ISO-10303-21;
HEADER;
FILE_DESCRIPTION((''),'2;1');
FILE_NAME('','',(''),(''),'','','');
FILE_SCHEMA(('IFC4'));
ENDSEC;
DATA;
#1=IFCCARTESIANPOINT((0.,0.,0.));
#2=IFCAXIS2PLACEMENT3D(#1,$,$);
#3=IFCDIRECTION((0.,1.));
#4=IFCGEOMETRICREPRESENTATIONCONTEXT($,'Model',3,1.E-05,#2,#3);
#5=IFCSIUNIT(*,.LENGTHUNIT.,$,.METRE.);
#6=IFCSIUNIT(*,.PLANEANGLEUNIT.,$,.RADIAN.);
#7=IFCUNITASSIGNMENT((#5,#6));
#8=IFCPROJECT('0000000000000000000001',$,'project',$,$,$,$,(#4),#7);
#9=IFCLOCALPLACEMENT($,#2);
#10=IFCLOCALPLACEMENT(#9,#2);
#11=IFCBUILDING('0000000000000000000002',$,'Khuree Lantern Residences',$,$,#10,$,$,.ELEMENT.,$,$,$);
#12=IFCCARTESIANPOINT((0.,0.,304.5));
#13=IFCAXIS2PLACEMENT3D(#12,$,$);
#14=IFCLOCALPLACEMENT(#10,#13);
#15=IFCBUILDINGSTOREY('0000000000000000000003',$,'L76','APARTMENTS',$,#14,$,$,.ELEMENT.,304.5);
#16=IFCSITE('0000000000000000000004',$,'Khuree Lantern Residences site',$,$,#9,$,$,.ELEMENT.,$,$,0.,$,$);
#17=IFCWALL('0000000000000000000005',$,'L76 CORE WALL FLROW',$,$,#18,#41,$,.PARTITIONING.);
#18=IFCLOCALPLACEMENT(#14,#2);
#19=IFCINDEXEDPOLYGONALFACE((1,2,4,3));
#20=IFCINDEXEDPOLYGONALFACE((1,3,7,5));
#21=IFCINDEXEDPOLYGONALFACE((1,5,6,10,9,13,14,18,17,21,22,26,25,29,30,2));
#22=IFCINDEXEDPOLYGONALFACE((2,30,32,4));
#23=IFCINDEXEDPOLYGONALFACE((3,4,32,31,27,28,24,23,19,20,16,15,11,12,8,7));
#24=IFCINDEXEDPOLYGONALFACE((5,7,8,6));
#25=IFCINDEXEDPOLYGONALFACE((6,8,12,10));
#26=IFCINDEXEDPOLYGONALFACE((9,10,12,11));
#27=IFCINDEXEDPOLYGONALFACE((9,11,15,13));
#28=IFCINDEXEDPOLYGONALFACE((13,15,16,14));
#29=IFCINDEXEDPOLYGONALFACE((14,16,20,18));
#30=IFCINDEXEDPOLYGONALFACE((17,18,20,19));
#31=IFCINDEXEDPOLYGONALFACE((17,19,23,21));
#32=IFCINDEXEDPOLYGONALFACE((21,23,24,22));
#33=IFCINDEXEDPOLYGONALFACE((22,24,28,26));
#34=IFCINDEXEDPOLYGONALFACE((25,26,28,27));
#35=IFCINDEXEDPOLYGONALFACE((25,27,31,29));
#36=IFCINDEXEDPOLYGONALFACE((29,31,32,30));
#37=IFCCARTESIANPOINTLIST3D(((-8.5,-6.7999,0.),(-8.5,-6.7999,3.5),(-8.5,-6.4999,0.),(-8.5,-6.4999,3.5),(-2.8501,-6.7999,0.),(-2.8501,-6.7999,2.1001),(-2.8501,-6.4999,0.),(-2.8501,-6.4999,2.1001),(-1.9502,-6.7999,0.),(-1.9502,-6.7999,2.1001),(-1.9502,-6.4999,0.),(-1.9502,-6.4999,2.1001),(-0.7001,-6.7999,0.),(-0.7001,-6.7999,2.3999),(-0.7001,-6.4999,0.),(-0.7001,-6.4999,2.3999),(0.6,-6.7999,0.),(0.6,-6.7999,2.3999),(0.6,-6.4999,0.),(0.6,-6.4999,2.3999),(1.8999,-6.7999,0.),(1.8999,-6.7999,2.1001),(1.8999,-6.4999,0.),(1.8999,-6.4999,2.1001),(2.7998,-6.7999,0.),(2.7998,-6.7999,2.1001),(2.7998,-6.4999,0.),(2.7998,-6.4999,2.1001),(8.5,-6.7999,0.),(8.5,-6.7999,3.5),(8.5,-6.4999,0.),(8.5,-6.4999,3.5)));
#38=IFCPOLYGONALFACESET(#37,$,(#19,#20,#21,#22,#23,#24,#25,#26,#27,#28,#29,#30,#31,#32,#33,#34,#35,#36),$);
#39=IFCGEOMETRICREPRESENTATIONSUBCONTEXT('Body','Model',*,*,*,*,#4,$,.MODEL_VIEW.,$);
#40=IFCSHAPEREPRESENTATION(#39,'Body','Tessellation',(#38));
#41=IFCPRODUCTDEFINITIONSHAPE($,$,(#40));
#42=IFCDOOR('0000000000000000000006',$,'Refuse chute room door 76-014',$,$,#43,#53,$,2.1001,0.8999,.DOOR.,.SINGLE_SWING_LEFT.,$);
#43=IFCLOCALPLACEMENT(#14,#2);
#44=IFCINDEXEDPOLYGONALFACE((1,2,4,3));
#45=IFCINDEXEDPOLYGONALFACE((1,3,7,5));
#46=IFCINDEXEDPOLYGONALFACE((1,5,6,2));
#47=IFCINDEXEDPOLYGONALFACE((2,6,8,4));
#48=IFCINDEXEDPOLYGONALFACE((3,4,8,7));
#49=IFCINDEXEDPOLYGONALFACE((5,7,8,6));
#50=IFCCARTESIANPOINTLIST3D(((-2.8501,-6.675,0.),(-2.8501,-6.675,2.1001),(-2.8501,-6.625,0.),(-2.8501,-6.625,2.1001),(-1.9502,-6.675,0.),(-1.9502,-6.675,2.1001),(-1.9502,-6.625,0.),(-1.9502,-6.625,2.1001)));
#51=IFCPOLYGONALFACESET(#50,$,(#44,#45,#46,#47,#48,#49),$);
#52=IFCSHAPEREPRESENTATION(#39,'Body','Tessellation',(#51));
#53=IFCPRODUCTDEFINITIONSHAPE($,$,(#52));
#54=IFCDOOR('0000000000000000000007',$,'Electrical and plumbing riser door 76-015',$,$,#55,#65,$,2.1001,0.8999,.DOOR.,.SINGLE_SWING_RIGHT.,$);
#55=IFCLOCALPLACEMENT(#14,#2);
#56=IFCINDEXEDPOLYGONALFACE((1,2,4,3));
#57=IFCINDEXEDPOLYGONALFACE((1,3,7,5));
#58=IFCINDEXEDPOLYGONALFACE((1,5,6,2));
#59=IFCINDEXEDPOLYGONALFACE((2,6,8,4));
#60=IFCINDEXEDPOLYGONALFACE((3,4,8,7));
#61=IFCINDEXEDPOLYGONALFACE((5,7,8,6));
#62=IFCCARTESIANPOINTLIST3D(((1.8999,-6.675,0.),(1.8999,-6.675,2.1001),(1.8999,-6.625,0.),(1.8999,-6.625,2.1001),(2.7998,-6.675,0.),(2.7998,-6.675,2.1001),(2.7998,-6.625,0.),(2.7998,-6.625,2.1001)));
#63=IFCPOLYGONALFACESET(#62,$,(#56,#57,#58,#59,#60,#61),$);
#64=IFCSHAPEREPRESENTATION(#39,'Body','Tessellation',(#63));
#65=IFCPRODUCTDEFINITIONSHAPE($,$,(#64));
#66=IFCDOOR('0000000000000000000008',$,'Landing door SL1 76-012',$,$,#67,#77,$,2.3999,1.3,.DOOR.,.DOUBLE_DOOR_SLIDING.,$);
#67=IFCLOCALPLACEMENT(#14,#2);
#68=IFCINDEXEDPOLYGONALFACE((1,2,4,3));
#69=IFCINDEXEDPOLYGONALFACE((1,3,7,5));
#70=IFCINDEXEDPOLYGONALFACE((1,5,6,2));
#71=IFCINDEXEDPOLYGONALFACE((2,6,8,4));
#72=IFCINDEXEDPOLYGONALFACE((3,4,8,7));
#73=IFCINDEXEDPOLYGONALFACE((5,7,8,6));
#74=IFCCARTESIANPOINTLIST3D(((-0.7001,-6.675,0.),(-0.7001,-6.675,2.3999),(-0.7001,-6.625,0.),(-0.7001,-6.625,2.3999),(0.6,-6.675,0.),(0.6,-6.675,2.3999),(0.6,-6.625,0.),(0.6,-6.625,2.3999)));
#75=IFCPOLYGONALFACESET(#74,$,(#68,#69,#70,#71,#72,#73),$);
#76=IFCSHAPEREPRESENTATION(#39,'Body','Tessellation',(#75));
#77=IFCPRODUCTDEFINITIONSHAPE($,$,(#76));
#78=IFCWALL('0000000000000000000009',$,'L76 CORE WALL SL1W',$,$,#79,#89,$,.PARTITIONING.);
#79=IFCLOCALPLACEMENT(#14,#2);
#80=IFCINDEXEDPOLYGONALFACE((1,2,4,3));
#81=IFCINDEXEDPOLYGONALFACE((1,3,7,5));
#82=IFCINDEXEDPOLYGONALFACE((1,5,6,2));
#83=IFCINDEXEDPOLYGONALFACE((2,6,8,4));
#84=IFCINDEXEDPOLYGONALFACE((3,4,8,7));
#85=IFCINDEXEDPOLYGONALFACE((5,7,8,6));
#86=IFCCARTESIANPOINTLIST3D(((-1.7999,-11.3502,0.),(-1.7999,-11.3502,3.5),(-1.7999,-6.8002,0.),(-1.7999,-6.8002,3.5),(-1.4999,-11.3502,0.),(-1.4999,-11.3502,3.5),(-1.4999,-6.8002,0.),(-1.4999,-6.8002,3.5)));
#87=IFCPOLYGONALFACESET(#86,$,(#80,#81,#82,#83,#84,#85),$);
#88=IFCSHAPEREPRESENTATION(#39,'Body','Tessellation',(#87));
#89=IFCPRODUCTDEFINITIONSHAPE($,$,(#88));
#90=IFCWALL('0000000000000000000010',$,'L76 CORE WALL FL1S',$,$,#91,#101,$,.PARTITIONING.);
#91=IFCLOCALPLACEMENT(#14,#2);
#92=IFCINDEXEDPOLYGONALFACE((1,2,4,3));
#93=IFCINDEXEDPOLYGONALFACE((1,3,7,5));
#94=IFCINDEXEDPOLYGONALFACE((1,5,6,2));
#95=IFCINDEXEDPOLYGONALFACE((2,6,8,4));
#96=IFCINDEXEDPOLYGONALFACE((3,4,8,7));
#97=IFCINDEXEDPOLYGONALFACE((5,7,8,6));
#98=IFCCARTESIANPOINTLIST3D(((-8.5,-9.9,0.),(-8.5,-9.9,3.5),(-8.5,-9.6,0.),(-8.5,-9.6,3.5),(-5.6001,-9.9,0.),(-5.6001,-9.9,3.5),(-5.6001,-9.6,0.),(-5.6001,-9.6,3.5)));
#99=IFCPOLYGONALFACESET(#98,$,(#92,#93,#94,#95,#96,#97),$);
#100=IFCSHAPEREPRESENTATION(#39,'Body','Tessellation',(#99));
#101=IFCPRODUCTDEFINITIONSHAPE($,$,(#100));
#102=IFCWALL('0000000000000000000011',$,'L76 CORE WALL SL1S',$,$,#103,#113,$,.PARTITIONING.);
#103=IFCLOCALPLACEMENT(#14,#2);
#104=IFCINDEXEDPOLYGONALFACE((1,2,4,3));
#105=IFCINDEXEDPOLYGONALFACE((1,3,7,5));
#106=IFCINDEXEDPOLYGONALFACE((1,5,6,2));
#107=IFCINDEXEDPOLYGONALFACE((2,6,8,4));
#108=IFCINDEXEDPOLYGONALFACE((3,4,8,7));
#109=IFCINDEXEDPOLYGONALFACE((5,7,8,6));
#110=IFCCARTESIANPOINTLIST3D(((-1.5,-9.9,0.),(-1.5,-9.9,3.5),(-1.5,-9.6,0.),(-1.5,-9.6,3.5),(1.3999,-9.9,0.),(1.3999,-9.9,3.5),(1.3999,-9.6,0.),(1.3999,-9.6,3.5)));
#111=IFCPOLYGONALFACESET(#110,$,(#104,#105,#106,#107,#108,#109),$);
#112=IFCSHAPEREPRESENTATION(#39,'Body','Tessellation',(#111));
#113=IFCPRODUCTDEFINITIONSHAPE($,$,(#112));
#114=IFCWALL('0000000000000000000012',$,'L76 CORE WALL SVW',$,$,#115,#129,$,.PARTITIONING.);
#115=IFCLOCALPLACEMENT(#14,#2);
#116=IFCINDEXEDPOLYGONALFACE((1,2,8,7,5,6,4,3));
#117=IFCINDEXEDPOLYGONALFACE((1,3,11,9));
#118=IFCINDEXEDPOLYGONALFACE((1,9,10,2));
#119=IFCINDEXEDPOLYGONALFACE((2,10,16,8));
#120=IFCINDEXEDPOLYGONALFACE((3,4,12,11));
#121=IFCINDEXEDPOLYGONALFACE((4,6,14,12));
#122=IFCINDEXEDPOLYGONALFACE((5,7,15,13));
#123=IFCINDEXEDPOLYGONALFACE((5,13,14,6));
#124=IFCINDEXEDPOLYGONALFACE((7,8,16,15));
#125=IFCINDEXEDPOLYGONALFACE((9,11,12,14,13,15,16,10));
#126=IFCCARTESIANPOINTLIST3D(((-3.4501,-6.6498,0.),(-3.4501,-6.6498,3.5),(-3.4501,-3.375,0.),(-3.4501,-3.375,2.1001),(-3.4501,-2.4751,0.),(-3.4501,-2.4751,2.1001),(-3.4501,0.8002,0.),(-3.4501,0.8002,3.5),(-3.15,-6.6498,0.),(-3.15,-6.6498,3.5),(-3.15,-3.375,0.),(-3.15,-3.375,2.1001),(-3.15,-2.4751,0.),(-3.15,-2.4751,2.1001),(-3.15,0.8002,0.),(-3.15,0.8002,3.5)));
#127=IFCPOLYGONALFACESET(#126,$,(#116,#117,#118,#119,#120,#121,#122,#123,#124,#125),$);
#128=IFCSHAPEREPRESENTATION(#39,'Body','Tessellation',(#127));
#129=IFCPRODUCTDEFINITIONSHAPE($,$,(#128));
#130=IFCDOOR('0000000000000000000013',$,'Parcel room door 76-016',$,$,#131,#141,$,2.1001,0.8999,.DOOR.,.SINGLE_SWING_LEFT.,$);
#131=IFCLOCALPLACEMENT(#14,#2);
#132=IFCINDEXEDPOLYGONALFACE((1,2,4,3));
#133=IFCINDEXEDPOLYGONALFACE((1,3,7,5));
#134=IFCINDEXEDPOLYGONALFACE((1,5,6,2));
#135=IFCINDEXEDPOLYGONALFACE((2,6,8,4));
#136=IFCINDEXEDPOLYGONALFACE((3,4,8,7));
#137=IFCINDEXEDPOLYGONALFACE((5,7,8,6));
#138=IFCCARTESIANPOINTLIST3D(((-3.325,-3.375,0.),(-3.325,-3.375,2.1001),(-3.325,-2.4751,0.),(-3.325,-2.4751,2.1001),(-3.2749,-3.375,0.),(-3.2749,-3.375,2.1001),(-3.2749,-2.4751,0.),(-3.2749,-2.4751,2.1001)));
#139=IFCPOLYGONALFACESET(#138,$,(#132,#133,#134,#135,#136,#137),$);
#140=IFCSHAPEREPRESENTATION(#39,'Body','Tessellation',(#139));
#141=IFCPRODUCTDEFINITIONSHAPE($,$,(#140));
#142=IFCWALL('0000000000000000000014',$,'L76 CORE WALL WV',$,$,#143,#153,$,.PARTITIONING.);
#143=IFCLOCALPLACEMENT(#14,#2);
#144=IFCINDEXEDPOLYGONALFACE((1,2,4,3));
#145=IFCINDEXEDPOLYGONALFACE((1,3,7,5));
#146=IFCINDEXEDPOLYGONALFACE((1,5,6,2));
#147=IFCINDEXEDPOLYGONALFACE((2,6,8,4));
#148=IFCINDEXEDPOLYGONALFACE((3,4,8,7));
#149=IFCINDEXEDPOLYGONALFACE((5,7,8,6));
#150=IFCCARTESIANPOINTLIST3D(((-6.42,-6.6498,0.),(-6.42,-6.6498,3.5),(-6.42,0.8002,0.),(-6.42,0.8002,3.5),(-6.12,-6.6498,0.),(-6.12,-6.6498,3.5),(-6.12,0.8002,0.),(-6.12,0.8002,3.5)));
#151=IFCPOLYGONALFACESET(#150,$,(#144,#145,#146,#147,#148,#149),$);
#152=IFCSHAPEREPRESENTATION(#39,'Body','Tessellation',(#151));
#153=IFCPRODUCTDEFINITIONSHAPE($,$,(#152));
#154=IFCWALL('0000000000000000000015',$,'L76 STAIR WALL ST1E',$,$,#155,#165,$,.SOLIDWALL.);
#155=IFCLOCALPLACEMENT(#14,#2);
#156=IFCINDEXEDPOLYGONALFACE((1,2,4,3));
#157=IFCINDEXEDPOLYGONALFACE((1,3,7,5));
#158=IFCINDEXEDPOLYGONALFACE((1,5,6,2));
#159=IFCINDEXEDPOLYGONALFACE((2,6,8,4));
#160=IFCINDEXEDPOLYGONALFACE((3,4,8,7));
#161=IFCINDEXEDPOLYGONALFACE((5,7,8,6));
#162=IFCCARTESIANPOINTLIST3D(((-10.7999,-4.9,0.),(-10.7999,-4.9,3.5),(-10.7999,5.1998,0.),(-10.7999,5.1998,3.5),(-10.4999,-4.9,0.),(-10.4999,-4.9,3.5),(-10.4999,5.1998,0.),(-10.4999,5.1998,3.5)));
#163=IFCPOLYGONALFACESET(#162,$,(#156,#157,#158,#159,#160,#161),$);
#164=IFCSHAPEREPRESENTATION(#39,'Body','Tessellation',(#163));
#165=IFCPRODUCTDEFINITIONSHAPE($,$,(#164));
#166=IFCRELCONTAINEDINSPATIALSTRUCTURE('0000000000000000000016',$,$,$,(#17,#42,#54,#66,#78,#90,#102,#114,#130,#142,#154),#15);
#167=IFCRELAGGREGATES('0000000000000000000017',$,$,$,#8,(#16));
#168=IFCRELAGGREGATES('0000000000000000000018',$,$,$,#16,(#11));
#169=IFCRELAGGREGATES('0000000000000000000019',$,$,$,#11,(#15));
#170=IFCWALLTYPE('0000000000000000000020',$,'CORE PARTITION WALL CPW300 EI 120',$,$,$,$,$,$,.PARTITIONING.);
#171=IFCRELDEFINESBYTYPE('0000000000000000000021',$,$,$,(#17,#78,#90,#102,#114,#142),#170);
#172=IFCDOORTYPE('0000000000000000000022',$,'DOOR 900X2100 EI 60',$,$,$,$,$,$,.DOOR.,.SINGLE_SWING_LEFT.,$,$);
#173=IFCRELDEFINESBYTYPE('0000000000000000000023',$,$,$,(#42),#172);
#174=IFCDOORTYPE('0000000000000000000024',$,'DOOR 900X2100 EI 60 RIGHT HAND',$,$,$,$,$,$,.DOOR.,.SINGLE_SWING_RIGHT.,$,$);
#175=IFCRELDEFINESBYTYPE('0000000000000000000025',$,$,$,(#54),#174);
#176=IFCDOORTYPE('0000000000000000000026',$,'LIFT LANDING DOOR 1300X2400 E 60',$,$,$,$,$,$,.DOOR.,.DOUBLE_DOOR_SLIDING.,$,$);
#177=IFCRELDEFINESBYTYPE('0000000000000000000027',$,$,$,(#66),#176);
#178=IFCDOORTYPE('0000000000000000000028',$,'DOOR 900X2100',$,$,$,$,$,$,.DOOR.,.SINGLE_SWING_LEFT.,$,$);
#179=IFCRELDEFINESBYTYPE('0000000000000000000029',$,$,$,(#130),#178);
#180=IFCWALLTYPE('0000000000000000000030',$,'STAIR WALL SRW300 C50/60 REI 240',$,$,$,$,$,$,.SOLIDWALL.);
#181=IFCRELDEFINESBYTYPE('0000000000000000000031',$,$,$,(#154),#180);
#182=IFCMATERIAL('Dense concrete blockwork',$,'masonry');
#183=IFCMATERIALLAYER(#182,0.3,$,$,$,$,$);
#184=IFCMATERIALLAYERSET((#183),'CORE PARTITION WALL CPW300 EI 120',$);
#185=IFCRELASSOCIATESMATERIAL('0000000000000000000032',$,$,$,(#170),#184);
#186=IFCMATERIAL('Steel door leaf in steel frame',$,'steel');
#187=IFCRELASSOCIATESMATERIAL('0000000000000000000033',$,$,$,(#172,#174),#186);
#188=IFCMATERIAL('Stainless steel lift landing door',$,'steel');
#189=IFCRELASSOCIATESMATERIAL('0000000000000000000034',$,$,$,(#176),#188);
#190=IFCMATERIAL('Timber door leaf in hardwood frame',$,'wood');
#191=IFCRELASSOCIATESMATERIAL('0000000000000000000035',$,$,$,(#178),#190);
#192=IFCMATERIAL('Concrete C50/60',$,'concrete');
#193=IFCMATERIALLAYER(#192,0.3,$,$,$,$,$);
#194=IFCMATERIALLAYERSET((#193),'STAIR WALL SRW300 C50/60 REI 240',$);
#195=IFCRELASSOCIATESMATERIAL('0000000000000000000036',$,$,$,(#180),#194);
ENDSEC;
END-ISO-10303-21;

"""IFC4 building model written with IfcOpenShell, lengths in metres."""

from ifc_helpers import new_model, si_unit, direction, frame, frame_2d, origin, place, context, subcontext, project, spatial, rectangle, extrude, material, layer, layer_set, type_object, element, fill, save


model = new_model("IFC4")

# Units and contexts
model_context = context("Model", 3, precision=1e-05, world=origin(), true_north=direction((0.0, 1.0)))
body_context = subcontext(model_context, "Body", "Model", "MODEL_VIEW")
ifc_project = project(units=[si_unit("LENGTHUNIT", "METRE"), si_unit("PLANEANGLEUNIT", "RADIAN")], contexts=[model_context])

# Site, building, storey
site_placement = place(None, origin())
site = spatial("IfcSite", under=ifc_project, at=site_placement, Name="Khuree Lantern Residences site", CompositionType="ELEMENT", RefElevation=0.0)
building_placement = place(site_placement, origin())
building = spatial("IfcBuilding", under=site, at=building_placement, Name="Khuree Lantern Residences", CompositionType="ELEMENT")
storey_placement = place(building_placement, frame((0.0, 0.0, 304.5)))
storey = spatial("IfcBuildingStorey", under=building, at=storey_placement, Name="L76", Description="APARTMENTS", CompositionType="ELEMENT", Elevation=304.5)

# Wall, openings, doors
ifc_material_1 = material(Name="Dense concrete blockwork", Category="masonry")
ifc_layer_1 = layer(ifc_material_1, 0.3)
ifc_layer_set_1 = layer_set([ifc_layer_1], Name="CORE PARTITION WALL CPW300 EI 120")
wall_type_1 = type_object("IfcWallType", Name="CORE PARTITION WALL CPW300 EI 120", PredefinedType="PARTITIONING", material=ifc_layer_set_1)
wall_1_placement = place(storey_placement, frame((-8.5, -6.6499, 0.0), z_axis=(0.0, 0.0, 1.0), x_axis=(1.0, 0.0, 0.0)))
wall_1 = element("IfcWall", 1, at=wall_1_placement, inside=storey, type_object=wall_type_1, Name="L76 CORE WALL FLROW", PredefinedType="PARTITIONING", context=body_context, shape_type="SweptSolid", body=[
    extrude(rectangle(XDim=17.0, YDim=0.3, at=frame_2d((8.5, 0.0))), origin(), (0.0, 0.0, 1.0), 3.5),
])
opening_1_placement = place(wall_1_placement, frame((7.8, 0.0, 0.0)))
opening_1 = element("IfcOpeningElement", 2, at=opening_1_placement, cuts=wall_1, PredefinedType="OPENING", context=body_context, shape_type="SweptSolid", body=[
    extrude(rectangle(XDim=1.3, YDim=2.3999, at=frame_2d((0.6499, 1.2))), frame((0.0, 0.1602, 0.0), z_axis=(0.0, -1.0, 0.0), x_axis=(1.0, 0.0, 0.0)), (0.0, 0.0, 1.0), 0.3201),
])
opening_2_placement = place(wall_1_placement, frame((5.6499, 0.0, 0.0)))
opening_2 = element("IfcOpeningElement", 3, at=opening_2_placement, cuts=wall_1, PredefinedType="OPENING", context=body_context, shape_type="SweptSolid", body=[
    extrude(rectangle(XDim=0.8999, YDim=2.1001, at=frame_2d((0.45, 1.05))), frame((0.0, 0.1602, 0.0), z_axis=(0.0, -1.0, 0.0), x_axis=(1.0, 0.0, 0.0)), (0.0, 0.0, 1.0), 0.3201),
])
opening_3_placement = place(wall_1_placement, frame((10.3999, 0.0, 0.0)))
opening_3 = element("IfcOpeningElement", 4, at=opening_3_placement, cuts=wall_1, PredefinedType="OPENING", context=body_context, shape_type="SweptSolid", body=[
    extrude(rectangle(XDim=0.8999, YDim=2.1001, at=frame_2d((0.45, 1.05))), frame((0.0, 0.1602, 0.0), z_axis=(0.0, -1.0, 0.0), x_axis=(1.0, 0.0, 0.0)), (0.0, 0.0, 1.0), 0.3201),
])
ifc_material_2 = material(Name="Steel door leaf in steel frame", Category="steel")
door_type_1 = type_object("IfcDoorType", Name="DOOR 900X2100 EI 60", OperationType="SINGLE_SWING_LEFT", PredefinedType="DOOR", material=ifc_material_2)
door_1_placement = place(opening_2_placement, origin())
door_1 = element("IfcDoor", 5, at=door_1_placement, inside=storey, type_object=door_type_1, Name="Refuse chute room door 76-014", OperationType="SINGLE_SWING_LEFT", OverallHeight=2.1001, OverallWidth=0.8999, PredefinedType="DOOR", context=body_context, shape_type="SweptSolid", body=[
    extrude(rectangle(XDim=0.8999, YDim=2.1001, at=frame_2d((0.45, 1.05))), frame((0.0, 0.0249, 0.0), z_axis=(0.0, -1.0, 0.0), x_axis=(1.0, 0.0, 0.0)), (0.0, 0.0, 1.0), 0.05),
])
fill(opening_2, door_1)
door_type_2 = type_object("IfcDoorType", Name="DOOR 900X2100 EI 60 RIGHT HAND", OperationType="SINGLE_SWING_RIGHT", PredefinedType="DOOR", material=ifc_material_2)
door_2_placement = place(opening_3_placement, origin())
door_2 = element("IfcDoor", 6, at=door_2_placement, inside=storey, type_object=door_type_2, Name="Electrical and plumbing riser door 76-015", OperationType="SINGLE_SWING_RIGHT", OverallHeight=2.1001, OverallWidth=0.8999, PredefinedType="DOOR", context=body_context, shape_type="SweptSolid", body=[
    extrude(rectangle(XDim=0.8999, YDim=2.1001, at=frame_2d((0.45, 1.05))), frame((0.0, 0.0249, 0.0), z_axis=(0.0, -1.0, 0.0), x_axis=(1.0, 0.0, 0.0)), (0.0, 0.0, 1.0), 0.05),
])
fill(opening_3, door_2)
ifc_material_3 = material(Name="Stainless steel lift landing door", Category="steel")
door_type_3 = type_object("IfcDoorType", Name="LIFT LANDING DOOR 1300X2400 E 60", OperationType="DOUBLE_DOOR_SLIDING", PredefinedType="DOOR", material=ifc_material_3)
door_3_placement = place(opening_1_placement, origin())
door_3 = element("IfcDoor", 7, at=door_3_placement, inside=storey, type_object=door_type_3, Name="Landing door SL1 76-012", OperationType="DOUBLE_DOOR_SLIDING", OverallHeight=2.3999, OverallWidth=1.3, PredefinedType="DOOR", context=body_context, shape_type="SweptSolid", body=[
    extrude(rectangle(XDim=1.3, YDim=2.3999, at=frame_2d((0.6499, 1.2))), frame((0.0, 0.0249, 0.0), z_axis=(0.0, -1.0, 0.0), x_axis=(1.0, 0.0, 0.0)), (0.0, 0.0, 1.0), 0.05),
])
fill(opening_1, door_3)

# Walls
wall_2_placement = place(storey_placement, frame((-1.6499, -11.3501, 0.0), z_axis=(0.0, 0.0, 1.0), x_axis=(0.0, 1.0, 0.0)))
element("IfcWall", 8, at=wall_2_placement, inside=storey, type_object=wall_type_1, Name="L76 CORE WALL SL1W", PredefinedType="PARTITIONING", context=body_context, shape_type="SweptSolid", body=[
    extrude(rectangle(XDim=4.55, YDim=0.3, at=frame_2d((2.2749, 0.0))), origin(), (0.0, 0.0, 1.0), 3.5),
])
for number, where, z_axis, x_axis, name in (
    (9, (-8.5, -9.75, 0.0), (0.0, 0.0, 1.0), (1.0, 0.0, 0.0), "L76 CORE WALL FL1S"),
    (10, (-1.5, -9.75, 0.0), (0.0, 0.0, 1.0), (1.0, 0.0, 0.0), "L76 CORE WALL SL1S"),
):
    element("IfcWall", number, at=place(storey_placement, frame(where, z_axis=z_axis, x_axis=x_axis)), inside=storey, type_object=wall_type_1, Name=name, PredefinedType="PARTITIONING", context=body_context, shape_type="SweptSolid", body=[
        extrude(rectangle(XDim=2.8999, YDim=0.3, at=frame_2d((1.45, 0.0))), origin(), (0.0, 0.0, 1.0), 3.5),
    ])

# Wall, opening, door
wall_3_placement = place(storey_placement, frame((-3.3, -6.6499, 0.0), z_axis=(0.0, 0.0, 1.0), x_axis=(0.0, 1.0, 0.0)))
wall_3 = element("IfcWall", 11, at=wall_3_placement, inside=storey, type_object=wall_type_1, Name="L76 CORE WALL SVW", PredefinedType="PARTITIONING", context=body_context, shape_type="SweptSolid", body=[
    extrude(rectangle(XDim=7.45, YDim=0.3, at=frame_2d((3.7251, 0.0))), origin(), (0.0, 0.0, 1.0), 3.5),
])
opening_4_placement = place(wall_3_placement, frame((3.2749, 0.0, 0.0)))
opening_4 = element("IfcOpeningElement", 12, at=opening_4_placement, cuts=wall_3, PredefinedType="OPENING", context=body_context, shape_type="SweptSolid", body=[
    extrude(rectangle(XDim=0.8999, YDim=2.1001, at=frame_2d((0.45, 1.05))), frame((0.0, 0.1602, 0.0), z_axis=(0.0, -1.0, 0.0), x_axis=(1.0, 0.0, 0.0)), (0.0, 0.0, 1.0), 0.3201),
])
ifc_material_4 = material(Name="Timber door leaf in hardwood frame", Category="wood")
door_type_4 = type_object("IfcDoorType", Name="DOOR 900X2100", OperationType="SINGLE_SWING_LEFT", PredefinedType="DOOR", material=ifc_material_4)
door_4_placement = place(opening_4_placement, origin())
door_4 = element("IfcDoor", 13, at=door_4_placement, inside=storey, type_object=door_type_4, Name="Parcel room door 76-016", OperationType="SINGLE_SWING_LEFT", OverallHeight=2.1001, OverallWidth=0.8999, PredefinedType="DOOR", context=body_context, shape_type="SweptSolid", body=[
    extrude(rectangle(XDim=0.8999, YDim=2.1001, at=frame_2d((0.45, 1.05))), frame((0.0, 0.0249, 0.0), z_axis=(0.0, -1.0, 0.0), x_axis=(1.0, 0.0, 0.0)), (0.0, 0.0, 1.0), 0.05),
])
fill(opening_4, door_4)

# Walls
wall_4_placement = place(storey_placement, frame((-6.27, -6.6499, 0.0), z_axis=(0.0, 0.0, 1.0), x_axis=(0.0, 1.0, 0.0)))
element("IfcWall", 14, at=wall_4_placement, inside=storey, type_object=wall_type_1, Name="L76 CORE WALL WV", PredefinedType="PARTITIONING", context=body_context, shape_type="SweptSolid", body=[
    extrude(rectangle(XDim=7.45, YDim=0.3, at=frame_2d((3.7251, 0.0))), origin(), (0.0, 0.0, 1.0), 3.5),
])
ifc_material_5 = material(Name="Concrete C50/60", Category="concrete")
ifc_layer_2 = layer(ifc_material_5, 0.3)
ifc_layer_set_2 = layer_set([ifc_layer_2], Name="STAIR WALL SRW300 C50/60 REI 240")
wall_type_2 = type_object("IfcWallType", Name="STAIR WALL SRW300 C50/60 REI 240", PredefinedType="SOLIDWALL", material=ifc_layer_set_2)
wall_5_placement = place(storey_placement, frame((-10.6499, -4.8999, 0.0), z_axis=(0.0, 0.0, 1.0), x_axis=(0.0, 1.0, 0.0)))
element("IfcWall", 15, at=wall_5_placement, inside=storey, type_object=wall_type_2, Name="L76 STAIR WALL ST1E", PredefinedType="SOLIDWALL", context=body_context, shape_type="SweptSolid", body=[
    extrude(rectangle(XDim=10.0999, YDim=0.3, at=frame_2d((5.0498, 0.0))), origin(), (0.0, 0.0, 1.0), 3.5),
])

save(model, "model.ifc")
